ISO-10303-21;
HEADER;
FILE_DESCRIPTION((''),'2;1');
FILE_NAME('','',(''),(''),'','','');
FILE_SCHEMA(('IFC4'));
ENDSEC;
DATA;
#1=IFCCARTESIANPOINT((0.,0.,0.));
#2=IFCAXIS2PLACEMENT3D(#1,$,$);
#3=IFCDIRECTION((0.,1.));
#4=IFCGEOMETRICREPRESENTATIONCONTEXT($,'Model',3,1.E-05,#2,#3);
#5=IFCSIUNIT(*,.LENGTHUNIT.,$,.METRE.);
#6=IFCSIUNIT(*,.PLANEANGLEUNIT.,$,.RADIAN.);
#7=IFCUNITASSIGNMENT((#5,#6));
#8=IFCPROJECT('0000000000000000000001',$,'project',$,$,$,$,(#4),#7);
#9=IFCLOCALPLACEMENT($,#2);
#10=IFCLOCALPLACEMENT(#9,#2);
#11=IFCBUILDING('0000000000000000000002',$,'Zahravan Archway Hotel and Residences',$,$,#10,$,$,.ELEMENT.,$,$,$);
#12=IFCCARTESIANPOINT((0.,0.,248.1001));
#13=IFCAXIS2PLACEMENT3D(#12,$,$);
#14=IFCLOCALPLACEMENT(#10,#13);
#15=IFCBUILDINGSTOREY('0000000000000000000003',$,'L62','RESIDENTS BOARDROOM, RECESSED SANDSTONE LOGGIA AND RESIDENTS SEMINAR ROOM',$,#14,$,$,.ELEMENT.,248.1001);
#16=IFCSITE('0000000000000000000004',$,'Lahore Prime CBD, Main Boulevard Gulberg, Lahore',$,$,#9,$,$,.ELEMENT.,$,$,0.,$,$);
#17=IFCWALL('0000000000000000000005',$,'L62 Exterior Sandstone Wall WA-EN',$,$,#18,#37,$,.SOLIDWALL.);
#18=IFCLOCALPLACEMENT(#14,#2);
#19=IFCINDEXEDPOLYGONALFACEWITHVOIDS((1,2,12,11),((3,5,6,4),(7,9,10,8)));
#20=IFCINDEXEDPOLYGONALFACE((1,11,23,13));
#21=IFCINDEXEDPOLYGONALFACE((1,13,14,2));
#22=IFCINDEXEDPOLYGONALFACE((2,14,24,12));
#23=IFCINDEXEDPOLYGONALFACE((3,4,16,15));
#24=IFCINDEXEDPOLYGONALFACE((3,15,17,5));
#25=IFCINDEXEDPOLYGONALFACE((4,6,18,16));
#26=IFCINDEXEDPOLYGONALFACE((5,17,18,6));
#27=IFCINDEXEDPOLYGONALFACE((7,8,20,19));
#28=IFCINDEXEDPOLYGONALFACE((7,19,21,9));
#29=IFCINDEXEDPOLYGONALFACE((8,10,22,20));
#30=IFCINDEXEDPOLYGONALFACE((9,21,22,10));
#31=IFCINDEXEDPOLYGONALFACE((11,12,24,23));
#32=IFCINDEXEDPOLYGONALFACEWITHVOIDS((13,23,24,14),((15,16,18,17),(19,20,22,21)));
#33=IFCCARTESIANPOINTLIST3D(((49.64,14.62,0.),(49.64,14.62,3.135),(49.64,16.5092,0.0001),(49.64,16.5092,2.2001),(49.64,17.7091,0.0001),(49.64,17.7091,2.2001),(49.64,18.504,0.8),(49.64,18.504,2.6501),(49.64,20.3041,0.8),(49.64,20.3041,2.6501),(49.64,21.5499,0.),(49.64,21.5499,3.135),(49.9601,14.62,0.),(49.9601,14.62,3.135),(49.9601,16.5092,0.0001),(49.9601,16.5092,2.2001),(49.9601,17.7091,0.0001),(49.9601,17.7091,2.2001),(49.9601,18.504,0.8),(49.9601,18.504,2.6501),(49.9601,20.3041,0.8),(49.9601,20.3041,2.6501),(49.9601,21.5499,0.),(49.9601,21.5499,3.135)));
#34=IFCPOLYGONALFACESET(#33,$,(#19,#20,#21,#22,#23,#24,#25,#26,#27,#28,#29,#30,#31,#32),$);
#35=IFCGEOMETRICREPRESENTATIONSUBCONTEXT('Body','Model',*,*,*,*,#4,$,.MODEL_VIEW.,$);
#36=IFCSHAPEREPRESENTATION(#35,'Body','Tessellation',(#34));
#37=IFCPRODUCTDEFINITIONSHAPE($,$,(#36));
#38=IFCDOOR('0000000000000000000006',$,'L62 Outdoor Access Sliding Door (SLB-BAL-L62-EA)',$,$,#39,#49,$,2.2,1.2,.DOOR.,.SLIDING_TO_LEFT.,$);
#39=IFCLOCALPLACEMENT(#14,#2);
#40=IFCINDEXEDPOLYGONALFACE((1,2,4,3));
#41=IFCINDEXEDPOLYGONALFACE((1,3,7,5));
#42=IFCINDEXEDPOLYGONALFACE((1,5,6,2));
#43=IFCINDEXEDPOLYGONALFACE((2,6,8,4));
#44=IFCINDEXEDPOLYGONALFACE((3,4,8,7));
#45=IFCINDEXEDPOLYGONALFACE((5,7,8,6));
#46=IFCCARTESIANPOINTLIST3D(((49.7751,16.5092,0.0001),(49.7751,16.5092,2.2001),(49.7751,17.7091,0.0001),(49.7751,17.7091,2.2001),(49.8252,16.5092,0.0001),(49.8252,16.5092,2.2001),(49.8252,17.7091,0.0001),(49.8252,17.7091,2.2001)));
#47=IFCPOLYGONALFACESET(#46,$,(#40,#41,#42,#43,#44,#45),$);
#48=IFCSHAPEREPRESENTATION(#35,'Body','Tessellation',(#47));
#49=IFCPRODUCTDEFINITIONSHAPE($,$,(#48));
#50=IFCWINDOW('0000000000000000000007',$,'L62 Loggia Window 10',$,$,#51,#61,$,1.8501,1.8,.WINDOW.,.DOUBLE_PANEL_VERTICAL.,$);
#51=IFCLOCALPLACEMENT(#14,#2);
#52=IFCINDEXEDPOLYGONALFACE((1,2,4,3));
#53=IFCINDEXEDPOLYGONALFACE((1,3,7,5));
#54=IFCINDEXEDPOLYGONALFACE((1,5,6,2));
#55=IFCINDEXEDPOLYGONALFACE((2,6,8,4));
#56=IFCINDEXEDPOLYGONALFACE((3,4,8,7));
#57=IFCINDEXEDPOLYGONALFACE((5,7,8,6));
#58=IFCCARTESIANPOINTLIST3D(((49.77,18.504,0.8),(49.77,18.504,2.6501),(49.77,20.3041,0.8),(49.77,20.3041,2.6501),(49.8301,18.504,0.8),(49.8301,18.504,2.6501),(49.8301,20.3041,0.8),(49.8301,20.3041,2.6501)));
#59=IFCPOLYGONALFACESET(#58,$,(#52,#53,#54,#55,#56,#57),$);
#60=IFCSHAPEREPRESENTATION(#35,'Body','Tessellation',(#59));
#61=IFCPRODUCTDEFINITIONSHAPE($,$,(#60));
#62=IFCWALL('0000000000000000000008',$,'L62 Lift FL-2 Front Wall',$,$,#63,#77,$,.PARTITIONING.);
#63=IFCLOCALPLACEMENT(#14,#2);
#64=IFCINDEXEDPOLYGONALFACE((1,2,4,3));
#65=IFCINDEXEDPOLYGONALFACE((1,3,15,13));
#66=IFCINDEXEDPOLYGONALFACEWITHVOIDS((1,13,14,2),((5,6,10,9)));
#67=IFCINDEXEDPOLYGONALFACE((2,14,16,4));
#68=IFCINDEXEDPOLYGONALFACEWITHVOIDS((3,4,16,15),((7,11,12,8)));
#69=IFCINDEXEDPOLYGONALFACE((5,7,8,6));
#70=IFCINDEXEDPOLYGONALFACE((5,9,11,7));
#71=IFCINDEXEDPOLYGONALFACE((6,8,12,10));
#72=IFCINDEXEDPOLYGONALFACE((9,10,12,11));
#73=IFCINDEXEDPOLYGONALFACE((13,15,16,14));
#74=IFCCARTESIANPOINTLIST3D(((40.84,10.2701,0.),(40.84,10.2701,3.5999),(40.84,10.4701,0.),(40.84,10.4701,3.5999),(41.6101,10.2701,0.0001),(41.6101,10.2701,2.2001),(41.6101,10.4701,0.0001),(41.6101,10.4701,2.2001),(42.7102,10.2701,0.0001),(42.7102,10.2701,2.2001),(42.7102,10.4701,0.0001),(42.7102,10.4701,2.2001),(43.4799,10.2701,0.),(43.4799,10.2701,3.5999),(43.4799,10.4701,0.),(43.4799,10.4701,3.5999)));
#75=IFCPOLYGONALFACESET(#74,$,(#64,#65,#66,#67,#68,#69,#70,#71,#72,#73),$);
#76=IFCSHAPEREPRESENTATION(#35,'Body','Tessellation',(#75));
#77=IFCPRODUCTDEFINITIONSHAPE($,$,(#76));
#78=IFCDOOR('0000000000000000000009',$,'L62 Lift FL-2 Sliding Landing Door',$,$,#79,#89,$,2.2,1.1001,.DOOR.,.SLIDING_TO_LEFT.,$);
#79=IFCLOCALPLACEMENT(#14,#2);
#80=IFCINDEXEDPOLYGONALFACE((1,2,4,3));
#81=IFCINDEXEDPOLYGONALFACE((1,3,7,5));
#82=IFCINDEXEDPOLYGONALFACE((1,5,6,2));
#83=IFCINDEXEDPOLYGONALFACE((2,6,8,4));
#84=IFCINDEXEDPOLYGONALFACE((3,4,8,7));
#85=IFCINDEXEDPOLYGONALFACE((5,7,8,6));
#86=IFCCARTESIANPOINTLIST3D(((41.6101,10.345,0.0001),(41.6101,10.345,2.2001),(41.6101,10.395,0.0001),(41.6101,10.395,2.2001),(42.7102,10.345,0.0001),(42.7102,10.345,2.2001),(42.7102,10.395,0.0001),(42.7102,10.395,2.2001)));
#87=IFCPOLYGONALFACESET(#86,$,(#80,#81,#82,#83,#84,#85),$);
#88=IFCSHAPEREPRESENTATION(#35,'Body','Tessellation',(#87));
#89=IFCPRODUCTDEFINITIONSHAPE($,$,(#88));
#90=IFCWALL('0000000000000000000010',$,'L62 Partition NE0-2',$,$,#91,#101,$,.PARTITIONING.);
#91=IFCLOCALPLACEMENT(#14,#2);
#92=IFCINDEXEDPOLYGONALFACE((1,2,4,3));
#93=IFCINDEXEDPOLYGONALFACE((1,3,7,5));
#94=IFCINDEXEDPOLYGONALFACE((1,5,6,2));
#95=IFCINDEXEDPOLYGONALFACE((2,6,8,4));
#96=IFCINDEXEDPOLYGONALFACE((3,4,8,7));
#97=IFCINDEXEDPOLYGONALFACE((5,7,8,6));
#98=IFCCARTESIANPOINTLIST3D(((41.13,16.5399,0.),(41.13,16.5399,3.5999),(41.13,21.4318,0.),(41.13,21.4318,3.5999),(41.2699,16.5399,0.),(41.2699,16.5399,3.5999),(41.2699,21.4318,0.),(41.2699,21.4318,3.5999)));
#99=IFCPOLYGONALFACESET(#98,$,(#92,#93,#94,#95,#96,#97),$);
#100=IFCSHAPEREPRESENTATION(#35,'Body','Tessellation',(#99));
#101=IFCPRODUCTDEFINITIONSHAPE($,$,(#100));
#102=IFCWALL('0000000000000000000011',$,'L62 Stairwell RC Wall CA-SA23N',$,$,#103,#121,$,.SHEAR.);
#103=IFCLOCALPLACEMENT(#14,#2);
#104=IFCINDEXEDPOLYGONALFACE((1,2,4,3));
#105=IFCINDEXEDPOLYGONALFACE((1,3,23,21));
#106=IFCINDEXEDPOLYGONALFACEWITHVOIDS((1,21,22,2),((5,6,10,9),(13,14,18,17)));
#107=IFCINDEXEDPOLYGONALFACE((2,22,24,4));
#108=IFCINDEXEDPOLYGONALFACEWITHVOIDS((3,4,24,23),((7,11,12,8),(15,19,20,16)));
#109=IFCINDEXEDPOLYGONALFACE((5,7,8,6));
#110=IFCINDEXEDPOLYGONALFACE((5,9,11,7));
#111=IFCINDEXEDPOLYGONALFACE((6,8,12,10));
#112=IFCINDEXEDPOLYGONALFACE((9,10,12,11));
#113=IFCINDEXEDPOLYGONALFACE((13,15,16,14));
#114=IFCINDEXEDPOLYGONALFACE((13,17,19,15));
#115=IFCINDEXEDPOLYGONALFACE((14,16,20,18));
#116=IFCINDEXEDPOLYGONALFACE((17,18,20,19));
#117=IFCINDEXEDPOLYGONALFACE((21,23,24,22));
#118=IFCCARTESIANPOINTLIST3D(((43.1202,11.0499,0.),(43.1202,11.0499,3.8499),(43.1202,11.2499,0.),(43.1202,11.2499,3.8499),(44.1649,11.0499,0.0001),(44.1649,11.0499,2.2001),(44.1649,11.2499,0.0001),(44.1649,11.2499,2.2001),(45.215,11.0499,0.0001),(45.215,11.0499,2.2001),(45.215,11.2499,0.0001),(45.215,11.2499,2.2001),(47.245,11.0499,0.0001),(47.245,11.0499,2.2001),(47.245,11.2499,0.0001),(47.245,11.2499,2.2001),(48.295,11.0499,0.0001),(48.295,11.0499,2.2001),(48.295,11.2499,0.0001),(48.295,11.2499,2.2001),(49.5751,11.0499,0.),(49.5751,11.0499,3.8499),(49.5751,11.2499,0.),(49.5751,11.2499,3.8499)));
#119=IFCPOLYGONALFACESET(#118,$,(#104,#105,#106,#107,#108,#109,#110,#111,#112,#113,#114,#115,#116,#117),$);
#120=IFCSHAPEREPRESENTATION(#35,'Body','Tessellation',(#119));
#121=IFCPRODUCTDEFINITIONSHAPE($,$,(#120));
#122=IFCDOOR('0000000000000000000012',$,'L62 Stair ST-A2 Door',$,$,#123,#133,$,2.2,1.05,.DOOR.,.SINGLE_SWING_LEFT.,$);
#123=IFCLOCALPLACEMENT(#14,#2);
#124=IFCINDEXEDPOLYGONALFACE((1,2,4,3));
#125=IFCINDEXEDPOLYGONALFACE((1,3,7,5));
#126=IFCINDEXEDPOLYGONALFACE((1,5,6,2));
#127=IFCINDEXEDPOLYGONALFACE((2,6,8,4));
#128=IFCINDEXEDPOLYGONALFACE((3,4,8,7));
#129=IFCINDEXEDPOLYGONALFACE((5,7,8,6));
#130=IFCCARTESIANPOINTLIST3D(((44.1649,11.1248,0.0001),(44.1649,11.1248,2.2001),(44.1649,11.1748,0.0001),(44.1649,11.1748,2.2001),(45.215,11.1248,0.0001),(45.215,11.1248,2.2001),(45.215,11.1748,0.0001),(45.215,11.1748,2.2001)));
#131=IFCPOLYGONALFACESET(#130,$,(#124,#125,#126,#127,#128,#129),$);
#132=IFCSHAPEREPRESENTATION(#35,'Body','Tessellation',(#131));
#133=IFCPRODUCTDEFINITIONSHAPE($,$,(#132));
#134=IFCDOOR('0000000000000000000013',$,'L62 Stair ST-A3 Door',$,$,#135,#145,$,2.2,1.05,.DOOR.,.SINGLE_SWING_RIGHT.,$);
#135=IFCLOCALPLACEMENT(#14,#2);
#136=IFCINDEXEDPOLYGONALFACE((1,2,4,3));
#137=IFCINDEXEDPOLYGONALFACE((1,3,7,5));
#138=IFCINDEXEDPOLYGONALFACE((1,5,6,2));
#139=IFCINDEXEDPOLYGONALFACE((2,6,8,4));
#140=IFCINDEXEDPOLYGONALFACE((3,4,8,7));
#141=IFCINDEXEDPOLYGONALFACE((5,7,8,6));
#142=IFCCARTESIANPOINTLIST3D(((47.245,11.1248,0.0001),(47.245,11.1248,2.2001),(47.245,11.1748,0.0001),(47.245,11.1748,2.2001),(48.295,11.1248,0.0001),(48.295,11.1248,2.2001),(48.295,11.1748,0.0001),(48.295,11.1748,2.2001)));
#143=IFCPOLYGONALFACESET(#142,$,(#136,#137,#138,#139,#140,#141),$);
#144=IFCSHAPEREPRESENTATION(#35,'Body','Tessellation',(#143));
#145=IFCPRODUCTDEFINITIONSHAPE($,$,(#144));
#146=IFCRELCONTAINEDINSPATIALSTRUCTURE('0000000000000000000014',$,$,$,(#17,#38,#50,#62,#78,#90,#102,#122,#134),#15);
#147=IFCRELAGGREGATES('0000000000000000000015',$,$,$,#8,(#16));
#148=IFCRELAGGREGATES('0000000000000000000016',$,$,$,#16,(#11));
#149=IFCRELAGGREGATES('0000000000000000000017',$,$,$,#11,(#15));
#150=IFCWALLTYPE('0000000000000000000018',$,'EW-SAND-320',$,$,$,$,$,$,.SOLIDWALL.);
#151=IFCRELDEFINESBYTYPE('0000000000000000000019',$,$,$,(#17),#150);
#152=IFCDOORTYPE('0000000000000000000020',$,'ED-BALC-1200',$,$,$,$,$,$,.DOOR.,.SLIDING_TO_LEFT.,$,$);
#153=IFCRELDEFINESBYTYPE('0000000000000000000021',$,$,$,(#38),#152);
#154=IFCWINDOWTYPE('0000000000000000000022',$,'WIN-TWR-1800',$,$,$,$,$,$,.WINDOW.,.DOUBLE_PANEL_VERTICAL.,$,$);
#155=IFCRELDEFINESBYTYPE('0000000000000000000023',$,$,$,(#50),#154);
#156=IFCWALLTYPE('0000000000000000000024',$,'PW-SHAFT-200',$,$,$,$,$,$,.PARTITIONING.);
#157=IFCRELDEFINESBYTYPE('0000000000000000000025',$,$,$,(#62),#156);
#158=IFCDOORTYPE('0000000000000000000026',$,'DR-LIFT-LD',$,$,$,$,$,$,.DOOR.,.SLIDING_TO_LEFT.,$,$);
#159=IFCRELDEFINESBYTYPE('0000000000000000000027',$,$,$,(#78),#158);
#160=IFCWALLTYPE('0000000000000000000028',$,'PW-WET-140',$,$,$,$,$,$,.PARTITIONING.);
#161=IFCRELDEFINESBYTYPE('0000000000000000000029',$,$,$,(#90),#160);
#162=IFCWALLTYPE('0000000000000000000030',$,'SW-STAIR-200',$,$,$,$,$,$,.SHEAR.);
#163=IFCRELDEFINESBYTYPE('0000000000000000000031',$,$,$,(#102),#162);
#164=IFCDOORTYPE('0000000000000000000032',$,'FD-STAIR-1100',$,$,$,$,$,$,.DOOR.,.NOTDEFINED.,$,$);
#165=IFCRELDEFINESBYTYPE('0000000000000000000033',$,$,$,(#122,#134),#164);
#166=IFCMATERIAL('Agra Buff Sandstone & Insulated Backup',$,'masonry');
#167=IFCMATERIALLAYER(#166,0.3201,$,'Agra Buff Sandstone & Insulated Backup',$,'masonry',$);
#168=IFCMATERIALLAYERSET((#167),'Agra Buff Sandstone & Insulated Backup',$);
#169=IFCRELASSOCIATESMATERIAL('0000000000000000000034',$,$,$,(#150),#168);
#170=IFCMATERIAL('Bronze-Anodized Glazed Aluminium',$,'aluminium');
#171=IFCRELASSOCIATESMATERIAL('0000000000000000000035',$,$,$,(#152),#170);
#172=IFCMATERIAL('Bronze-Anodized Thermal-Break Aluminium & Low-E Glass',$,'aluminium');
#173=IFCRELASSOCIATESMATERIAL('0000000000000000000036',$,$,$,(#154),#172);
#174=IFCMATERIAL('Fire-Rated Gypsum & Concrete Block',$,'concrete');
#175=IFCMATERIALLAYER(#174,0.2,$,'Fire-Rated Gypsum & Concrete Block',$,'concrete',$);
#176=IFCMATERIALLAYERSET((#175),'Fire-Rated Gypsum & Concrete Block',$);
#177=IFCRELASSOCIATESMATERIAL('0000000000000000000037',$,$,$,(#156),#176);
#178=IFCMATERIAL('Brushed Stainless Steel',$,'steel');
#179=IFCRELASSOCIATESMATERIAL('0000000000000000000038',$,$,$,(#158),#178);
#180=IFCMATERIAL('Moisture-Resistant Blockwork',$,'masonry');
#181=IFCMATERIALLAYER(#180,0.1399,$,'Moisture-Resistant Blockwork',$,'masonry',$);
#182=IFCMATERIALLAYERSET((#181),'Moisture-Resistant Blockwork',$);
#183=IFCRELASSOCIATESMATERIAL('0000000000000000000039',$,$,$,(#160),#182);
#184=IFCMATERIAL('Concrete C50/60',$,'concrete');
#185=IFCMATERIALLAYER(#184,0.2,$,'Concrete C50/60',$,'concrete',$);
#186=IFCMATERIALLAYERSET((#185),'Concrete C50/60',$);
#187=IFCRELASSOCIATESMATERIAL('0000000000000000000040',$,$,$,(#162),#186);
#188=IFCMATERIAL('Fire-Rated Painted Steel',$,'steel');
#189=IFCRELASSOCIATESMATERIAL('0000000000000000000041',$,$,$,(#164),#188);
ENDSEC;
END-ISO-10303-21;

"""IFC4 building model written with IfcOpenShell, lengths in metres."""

from ifc_helpers import new_model, si_unit, direction, frame, frame_2d, origin, place, context, subcontext, project, spatial, rectangle, extrude, source, transform, mapped, material, layer, layer_set, type_object, type_shapes, element, fill, save


model = new_model("IFC4")

# Units and contexts
model_context = context("Model", 3, precision=1e-05, world=origin(), true_north=direction((0.0, 1.0)))
body_context = subcontext(model_context, "Body", "Model", "MODEL_VIEW")
ifc_project = project(units=[si_unit("LENGTHUNIT", "METRE"), si_unit("PLANEANGLEUNIT", "RADIAN")], contexts=[model_context])

# Site, building, storey
site_placement = place(None, origin())
site = spatial("IfcSite", under=ifc_project, at=site_placement, Name="Lahore Prime CBD, Main Boulevard Gulberg, Lahore", CompositionType="ELEMENT", RefElevation=0.0)
building_placement = place(site_placement, origin())
building = spatial("IfcBuilding", under=site, at=building_placement, Name="Zahravan Archway Hotel and Residences", CompositionType="ELEMENT")
storey_placement = place(building_placement, frame((0.0, 0.0, 248.1001)))
storey = spatial("IfcBuildingStorey", under=building, at=storey_placement, Name="L62", Description="RESIDENTS BOARDROOM, RECESSED SANDSTONE LOGGIA AND RESIDENTS SEMINAR ROOM", CompositionType="ELEMENT", Elevation=248.1001)

# Wall, openings, door, window
ifc_material_1 = material(Name="Agra Buff Sandstone & Insulated Backup", Category="masonry")
ifc_layer_1 = layer(ifc_material_1, 0.3201, Name="Agra Buff Sandstone & Insulated Backup", Category="masonry")
ifc_layer_set_1 = layer_set([ifc_layer_1], Name="Agra Buff Sandstone & Insulated Backup")
wall_type_1 = type_object("IfcWallType", Name="EW-SAND-320", PredefinedType="SOLIDWALL", material=ifc_layer_set_1)
wall_1_placement = place(storey_placement, frame((49.8, 14.6201, 0.0), z_axis=(0.0, 0.0, 1.0), x_axis=(0.0, 1.0, 0.0)))
wall_1 = element("IfcWall", 1, at=wall_1_placement, inside=storey, type_object=wall_type_1, Name="L62 Exterior Sandstone Wall WA-EN", PredefinedType="SOLIDWALL", context=body_context, shape_type="SweptSolid", body=[
    extrude(rectangle(XDim=6.9299, YDim=0.3201, at=frame_2d((3.4648, 0.0))), origin(), (0.0, 0.0, 1.0), 3.135),
])
opening_1_placement = place(wall_1_placement, frame((1.8889, 0.0, 0.0)))
opening_1 = element("IfcOpeningElement", 2, at=opening_1_placement, cuts=wall_1, PredefinedType="OPENING", context=body_context, shape_type="SweptSolid", body=[
    extrude(rectangle(XDim=1.2, YDim=2.2, at=frame_2d((0.6001, 1.1001))), frame((0.0, 0.1699, 0.0), z_axis=(0.0, -1.0, 0.0), x_axis=(1.0, 0.0, 0.0)), (0.0, 0.0, 1.0), 0.3401),
])
opening_2_placement = place(wall_1_placement, frame((3.884, 0.0, 0.8)))
opening_2 = element("IfcOpeningElement", 3, at=opening_2_placement, cuts=wall_1, PredefinedType="OPENING", context=body_context, shape_type="SweptSolid", body=[
    extrude(rectangle(XDim=1.8, YDim=1.8501, at=frame_2d((0.8999, 0.925))), frame((0.0, 0.1699, 0.0), z_axis=(0.0, -1.0, 0.0), x_axis=(1.0, 0.0, 0.0)), (0.0, 0.0, 1.0), 0.3401),
])
ifc_material_2 = material(Name="Bronze-Anodized Glazed Aluminium", Category="aluminium")
door_type_1 = type_object("IfcDoorType", Name="ED-BALC-1200", OperationType="SLIDING_TO_LEFT", PredefinedType="DOOR", material=ifc_material_2)
shared_shape_1 = source(origin(), body_context, "Body", "SweptSolid", [
    extrude(rectangle(XDim=1.2, YDim=2.2, at=frame_2d((0.6001, 1.1001))), frame((0.0, 0.0249, 0.0), z_axis=(0.0, -1.0, 0.0), x_axis=(1.0, 0.0, 0.0)), (0.0, 0.0, 1.0), 0.05),
])
type_shapes(door_type_1, [shared_shape_1])
door_1_placement = place(opening_1_placement, origin())
door_1 = element("IfcDoor", 4, at=door_1_placement, inside=storey, type_object=door_type_1, Name="L62 Outdoor Access Sliding Door (SLB-BAL-L62-EA)", OperationType="SLIDING_TO_LEFT", OverallHeight=2.2, OverallWidth=1.2, PredefinedType="DOOR", context=body_context, shape_type="MappedRepresentation", body=[
    mapped(shared_shape_1, transform((0.0, 0.0, 0.0), scale=1.0)),
])
fill(opening_1, door_1)
ifc_material_3 = material(Name="Bronze-Anodized Thermal-Break Aluminium & Low-E Glass", Category="aluminium")
window_type = type_object("IfcWindowType", Name="WIN-TWR-1800", PartitioningType="DOUBLE_PANEL_VERTICAL", PredefinedType="WINDOW", material=ifc_material_3)
shared_shape_2 = source(origin(), body_context, "Body", "SweptSolid", [
    extrude(rectangle(XDim=1.8, YDim=1.8501, at=frame_2d((0.8999, 0.925))), frame((0.0, 0.03, 0.0), z_axis=(0.0, -1.0, 0.0), x_axis=(1.0, 0.0, 0.0)), (0.0, 0.0, 1.0), 0.0601),
])
type_shapes(window_type, [shared_shape_2])
window_placement = place(opening_2_placement, origin())
window = element("IfcWindow", 5, at=window_placement, inside=storey, type_object=window_type, Name="L62 Loggia Window 10", OverallHeight=1.8501, OverallWidth=1.8, PartitioningType="DOUBLE_PANEL_VERTICAL", PredefinedType="WINDOW", context=body_context, shape_type="MappedRepresentation", body=[
    mapped(shared_shape_2, transform((0.0, 0.0, 0.0), scale=1.0)),
])
fill(opening_2, window)

# Wall, opening, door
ifc_material_4 = material(Name="Fire-Rated Gypsum & Concrete Block", Category="concrete")
ifc_material_5 = material(Name="Fire-Rated Painted Steel", Category="steel")
ifc_layer_2 = layer(ifc_material_4, 0.2, Name="Fire-Rated Gypsum & Concrete Block", Category="concrete")
ifc_layer_set_2 = layer_set([ifc_layer_2], Name="Fire-Rated Gypsum & Concrete Block")
wall_type_2 = type_object("IfcWallType", Name="PW-SHAFT-200", PredefinedType="PARTITIONING", material=ifc_layer_set_2)
wall_2_placement = place(storey_placement, frame((40.8401, 10.3701, 0.0), z_axis=(0.0, 0.0, 1.0), x_axis=(1.0, 0.0, 0.0)))
wall_2 = element("IfcWall", 6, at=wall_2_placement, inside=storey, type_object=wall_type_2, Name="L62 Lift FL-2 Front Wall", PredefinedType="PARTITIONING", context=body_context, shape_type="SweptSolid", body=[
    extrude(rectangle(XDim=2.6399, YDim=0.2, at=frame_2d((1.3198, 0.0))), origin(), (0.0, 0.0, 1.0), 3.5999),
])
opening_3_placement = place(wall_2_placement, frame((0.77, 0.0, 0.0)))
opening_3 = element("IfcOpeningElement", 7, at=opening_3_placement, cuts=wall_2, PredefinedType="OPENING", context=body_context, shape_type="SweptSolid", body=[
    extrude(rectangle(XDim=1.1001, YDim=2.2, at=frame_2d((0.55, 1.1001))), frame((0.0, 0.1099, 0.0), z_axis=(0.0, -1.0, 0.0), x_axis=(1.0, 0.0, 0.0)), (0.0, 0.0, 1.0), 0.22),
])
ifc_material_6 = material(Name="Brushed Stainless Steel", Category="steel")
door_type_2 = type_object("IfcDoorType", Name="DR-LIFT-LD", OperationType="SLIDING_TO_LEFT", PredefinedType="DOOR", material=ifc_material_6)
shared_shape_3 = source(origin(), body_context, "Body", "SweptSolid", [
    extrude(rectangle(XDim=1.1001, YDim=2.2, at=frame_2d((0.55, 1.1001))), frame((0.0, 0.0249, 0.0), z_axis=(0.0, -1.0, 0.0), x_axis=(1.0, 0.0, 0.0)), (0.0, 0.0, 1.0), 0.05),
])
type_shapes(door_type_2, [shared_shape_3])
door_2_placement = place(opening_3_placement, origin())
door_2 = element("IfcDoor", 8, at=door_2_placement, inside=storey, type_object=door_type_2, Name="L62 Lift FL-2 Sliding Landing Door", OperationType="SLIDING_TO_LEFT", OverallHeight=2.2, OverallWidth=1.1001, PredefinedType="DOOR", context=body_context, shape_type="MappedRepresentation", body=[
    mapped(shared_shape_3, transform((0.0, 0.0, 0.0), scale=1.0)),
])
fill(opening_3, door_2)

# Wall
ifc_material_7 = material(Name="Moisture-Resistant Blockwork", Category="masonry")
ifc_layer_3 = layer(ifc_material_7, 0.1399, Name="Moisture-Resistant Blockwork", Category="masonry")
ifc_layer_set_3 = layer_set([ifc_layer_3], Name="Moisture-Resistant Blockwork")
wall_type_3 = type_object("IfcWallType", Name="PW-WET-140", PredefinedType="PARTITIONING", material=ifc_layer_set_3)
wall_3_placement = place(storey_placement, frame((41.2, 16.54, 0.0), z_axis=(0.0, 0.0, 1.0), x_axis=(0.0, 1.0, 0.0)))
element("IfcWall", 9, at=wall_3_placement, inside=storey, type_object=wall_type_3, Name="L62 Partition NE0-2", PredefinedType="PARTITIONING", context=body_context, shape_type="SweptSolid", body=[
    extrude(rectangle(XDim=4.8918, YDim=0.1399, at=frame_2d((2.4458, 0.0))), origin(), (0.0, 0.0, 1.0), 3.5999),
])

# Wall, openings, doors
ifc_material_8 = material(Name="Concrete C50/60", Category="concrete")
ifc_layer_4 = layer(ifc_material_8, 0.2, Name="Concrete C50/60", Category="concrete")
ifc_layer_set_4 = layer_set([ifc_layer_4], Name="Concrete C50/60")
wall_type_4 = type_object("IfcWallType", Name="SW-STAIR-200", PredefinedType="SHEAR", material=ifc_layer_set_4)
wall_4_placement = place(storey_placement, frame((43.1201, 11.1499, 0.0), z_axis=(0.0, 0.0, 1.0), x_axis=(1.0, 0.0, 0.0)))
wall_4 = element("IfcWall", 10, at=wall_4_placement, inside=storey, type_object=wall_type_4, Name="L62 Stairwell RC Wall CA-SA23N", PredefinedType="SHEAR", context=body_context, shape_type="SweptSolid", body=[
    extrude(rectangle(XDim=6.4548, YDim=0.2, at=frame_2d((3.2275, 0.0))), origin(), (0.0, 0.0, 1.0), 3.8499),
])
opening_4_placement = place(wall_4_placement, frame((1.0449, 0.0, 0.0)))
opening_4 = element("IfcOpeningElement", 11, at=opening_4_placement, cuts=wall_4, PredefinedType="OPENING", context=body_context, shape_type="SweptSolid", body=[
    extrude(rectangle(XDim=1.05, YDim=2.2, at=frame_2d((0.5249, 1.1001))), frame((0.0, 0.1099, 0.0), z_axis=(0.0, -1.0, 0.0), x_axis=(1.0, 0.0, 0.0)), (0.0, 0.0, 1.0), 0.22),
])
opening_5_placement = place(wall_4_placement, frame((4.125, 0.0, 0.0)))
opening_5 = element("IfcOpeningElement", 12, at=opening_5_placement, cuts=wall_4, PredefinedType="OPENING", context=body_context, shape_type="SweptSolid", body=[
    extrude(rectangle(XDim=1.05, YDim=2.2, at=frame_2d((0.5249, 1.1001))), frame((0.0, 0.1099, 0.0), z_axis=(0.0, -1.0, 0.0), x_axis=(1.0, 0.0, 0.0)), (0.0, 0.0, 1.0), 0.22),
])
door_type_3 = type_object("IfcDoorType", Name="FD-STAIR-1100", OperationType="NOTDEFINED", PredefinedType="DOOR", material=ifc_material_5)
shared_shape_4 = source(origin(), body_context, "Body", "SweptSolid", [
    extrude(rectangle(XDim=1.05, YDim=2.2, at=frame_2d((0.5249, 1.1001))), frame((0.0, 0.0249, 0.0), z_axis=(0.0, -1.0, 0.0), x_axis=(1.0, 0.0, 0.0)), (0.0, 0.0, 1.0), 0.05),
])
type_shapes(door_type_3, [shared_shape_4])
door_3_placement = place(opening_4_placement, origin())
door_3 = element("IfcDoor", 13, at=door_3_placement, inside=storey, type_object=door_type_3, Name="L62 Stair ST-A2 Door", OperationType="SINGLE_SWING_LEFT", OverallHeight=2.2, OverallWidth=1.05, PredefinedType="DOOR", context=body_context, shape_type="MappedRepresentation", body=[
    mapped(shared_shape_4, transform((0.0, 0.0, 0.0), scale=1.0)),
])
fill(opening_4, door_3)
door_4_placement = place(opening_5_placement, origin())
door_4 = element("IfcDoor", 14, at=door_4_placement, inside=storey, type_object=door_type_3, Name="L62 Stair ST-A3 Door", OperationType="SINGLE_SWING_RIGHT", OverallHeight=2.2, OverallWidth=1.05, PredefinedType="DOOR", context=body_context, shape_type="MappedRepresentation", body=[
    mapped(shared_shape_4, transform((0.0, 0.0, 0.0), scale=1.0)),
])
fill(opening_5, door_4)

save(model, "model.ifc")
